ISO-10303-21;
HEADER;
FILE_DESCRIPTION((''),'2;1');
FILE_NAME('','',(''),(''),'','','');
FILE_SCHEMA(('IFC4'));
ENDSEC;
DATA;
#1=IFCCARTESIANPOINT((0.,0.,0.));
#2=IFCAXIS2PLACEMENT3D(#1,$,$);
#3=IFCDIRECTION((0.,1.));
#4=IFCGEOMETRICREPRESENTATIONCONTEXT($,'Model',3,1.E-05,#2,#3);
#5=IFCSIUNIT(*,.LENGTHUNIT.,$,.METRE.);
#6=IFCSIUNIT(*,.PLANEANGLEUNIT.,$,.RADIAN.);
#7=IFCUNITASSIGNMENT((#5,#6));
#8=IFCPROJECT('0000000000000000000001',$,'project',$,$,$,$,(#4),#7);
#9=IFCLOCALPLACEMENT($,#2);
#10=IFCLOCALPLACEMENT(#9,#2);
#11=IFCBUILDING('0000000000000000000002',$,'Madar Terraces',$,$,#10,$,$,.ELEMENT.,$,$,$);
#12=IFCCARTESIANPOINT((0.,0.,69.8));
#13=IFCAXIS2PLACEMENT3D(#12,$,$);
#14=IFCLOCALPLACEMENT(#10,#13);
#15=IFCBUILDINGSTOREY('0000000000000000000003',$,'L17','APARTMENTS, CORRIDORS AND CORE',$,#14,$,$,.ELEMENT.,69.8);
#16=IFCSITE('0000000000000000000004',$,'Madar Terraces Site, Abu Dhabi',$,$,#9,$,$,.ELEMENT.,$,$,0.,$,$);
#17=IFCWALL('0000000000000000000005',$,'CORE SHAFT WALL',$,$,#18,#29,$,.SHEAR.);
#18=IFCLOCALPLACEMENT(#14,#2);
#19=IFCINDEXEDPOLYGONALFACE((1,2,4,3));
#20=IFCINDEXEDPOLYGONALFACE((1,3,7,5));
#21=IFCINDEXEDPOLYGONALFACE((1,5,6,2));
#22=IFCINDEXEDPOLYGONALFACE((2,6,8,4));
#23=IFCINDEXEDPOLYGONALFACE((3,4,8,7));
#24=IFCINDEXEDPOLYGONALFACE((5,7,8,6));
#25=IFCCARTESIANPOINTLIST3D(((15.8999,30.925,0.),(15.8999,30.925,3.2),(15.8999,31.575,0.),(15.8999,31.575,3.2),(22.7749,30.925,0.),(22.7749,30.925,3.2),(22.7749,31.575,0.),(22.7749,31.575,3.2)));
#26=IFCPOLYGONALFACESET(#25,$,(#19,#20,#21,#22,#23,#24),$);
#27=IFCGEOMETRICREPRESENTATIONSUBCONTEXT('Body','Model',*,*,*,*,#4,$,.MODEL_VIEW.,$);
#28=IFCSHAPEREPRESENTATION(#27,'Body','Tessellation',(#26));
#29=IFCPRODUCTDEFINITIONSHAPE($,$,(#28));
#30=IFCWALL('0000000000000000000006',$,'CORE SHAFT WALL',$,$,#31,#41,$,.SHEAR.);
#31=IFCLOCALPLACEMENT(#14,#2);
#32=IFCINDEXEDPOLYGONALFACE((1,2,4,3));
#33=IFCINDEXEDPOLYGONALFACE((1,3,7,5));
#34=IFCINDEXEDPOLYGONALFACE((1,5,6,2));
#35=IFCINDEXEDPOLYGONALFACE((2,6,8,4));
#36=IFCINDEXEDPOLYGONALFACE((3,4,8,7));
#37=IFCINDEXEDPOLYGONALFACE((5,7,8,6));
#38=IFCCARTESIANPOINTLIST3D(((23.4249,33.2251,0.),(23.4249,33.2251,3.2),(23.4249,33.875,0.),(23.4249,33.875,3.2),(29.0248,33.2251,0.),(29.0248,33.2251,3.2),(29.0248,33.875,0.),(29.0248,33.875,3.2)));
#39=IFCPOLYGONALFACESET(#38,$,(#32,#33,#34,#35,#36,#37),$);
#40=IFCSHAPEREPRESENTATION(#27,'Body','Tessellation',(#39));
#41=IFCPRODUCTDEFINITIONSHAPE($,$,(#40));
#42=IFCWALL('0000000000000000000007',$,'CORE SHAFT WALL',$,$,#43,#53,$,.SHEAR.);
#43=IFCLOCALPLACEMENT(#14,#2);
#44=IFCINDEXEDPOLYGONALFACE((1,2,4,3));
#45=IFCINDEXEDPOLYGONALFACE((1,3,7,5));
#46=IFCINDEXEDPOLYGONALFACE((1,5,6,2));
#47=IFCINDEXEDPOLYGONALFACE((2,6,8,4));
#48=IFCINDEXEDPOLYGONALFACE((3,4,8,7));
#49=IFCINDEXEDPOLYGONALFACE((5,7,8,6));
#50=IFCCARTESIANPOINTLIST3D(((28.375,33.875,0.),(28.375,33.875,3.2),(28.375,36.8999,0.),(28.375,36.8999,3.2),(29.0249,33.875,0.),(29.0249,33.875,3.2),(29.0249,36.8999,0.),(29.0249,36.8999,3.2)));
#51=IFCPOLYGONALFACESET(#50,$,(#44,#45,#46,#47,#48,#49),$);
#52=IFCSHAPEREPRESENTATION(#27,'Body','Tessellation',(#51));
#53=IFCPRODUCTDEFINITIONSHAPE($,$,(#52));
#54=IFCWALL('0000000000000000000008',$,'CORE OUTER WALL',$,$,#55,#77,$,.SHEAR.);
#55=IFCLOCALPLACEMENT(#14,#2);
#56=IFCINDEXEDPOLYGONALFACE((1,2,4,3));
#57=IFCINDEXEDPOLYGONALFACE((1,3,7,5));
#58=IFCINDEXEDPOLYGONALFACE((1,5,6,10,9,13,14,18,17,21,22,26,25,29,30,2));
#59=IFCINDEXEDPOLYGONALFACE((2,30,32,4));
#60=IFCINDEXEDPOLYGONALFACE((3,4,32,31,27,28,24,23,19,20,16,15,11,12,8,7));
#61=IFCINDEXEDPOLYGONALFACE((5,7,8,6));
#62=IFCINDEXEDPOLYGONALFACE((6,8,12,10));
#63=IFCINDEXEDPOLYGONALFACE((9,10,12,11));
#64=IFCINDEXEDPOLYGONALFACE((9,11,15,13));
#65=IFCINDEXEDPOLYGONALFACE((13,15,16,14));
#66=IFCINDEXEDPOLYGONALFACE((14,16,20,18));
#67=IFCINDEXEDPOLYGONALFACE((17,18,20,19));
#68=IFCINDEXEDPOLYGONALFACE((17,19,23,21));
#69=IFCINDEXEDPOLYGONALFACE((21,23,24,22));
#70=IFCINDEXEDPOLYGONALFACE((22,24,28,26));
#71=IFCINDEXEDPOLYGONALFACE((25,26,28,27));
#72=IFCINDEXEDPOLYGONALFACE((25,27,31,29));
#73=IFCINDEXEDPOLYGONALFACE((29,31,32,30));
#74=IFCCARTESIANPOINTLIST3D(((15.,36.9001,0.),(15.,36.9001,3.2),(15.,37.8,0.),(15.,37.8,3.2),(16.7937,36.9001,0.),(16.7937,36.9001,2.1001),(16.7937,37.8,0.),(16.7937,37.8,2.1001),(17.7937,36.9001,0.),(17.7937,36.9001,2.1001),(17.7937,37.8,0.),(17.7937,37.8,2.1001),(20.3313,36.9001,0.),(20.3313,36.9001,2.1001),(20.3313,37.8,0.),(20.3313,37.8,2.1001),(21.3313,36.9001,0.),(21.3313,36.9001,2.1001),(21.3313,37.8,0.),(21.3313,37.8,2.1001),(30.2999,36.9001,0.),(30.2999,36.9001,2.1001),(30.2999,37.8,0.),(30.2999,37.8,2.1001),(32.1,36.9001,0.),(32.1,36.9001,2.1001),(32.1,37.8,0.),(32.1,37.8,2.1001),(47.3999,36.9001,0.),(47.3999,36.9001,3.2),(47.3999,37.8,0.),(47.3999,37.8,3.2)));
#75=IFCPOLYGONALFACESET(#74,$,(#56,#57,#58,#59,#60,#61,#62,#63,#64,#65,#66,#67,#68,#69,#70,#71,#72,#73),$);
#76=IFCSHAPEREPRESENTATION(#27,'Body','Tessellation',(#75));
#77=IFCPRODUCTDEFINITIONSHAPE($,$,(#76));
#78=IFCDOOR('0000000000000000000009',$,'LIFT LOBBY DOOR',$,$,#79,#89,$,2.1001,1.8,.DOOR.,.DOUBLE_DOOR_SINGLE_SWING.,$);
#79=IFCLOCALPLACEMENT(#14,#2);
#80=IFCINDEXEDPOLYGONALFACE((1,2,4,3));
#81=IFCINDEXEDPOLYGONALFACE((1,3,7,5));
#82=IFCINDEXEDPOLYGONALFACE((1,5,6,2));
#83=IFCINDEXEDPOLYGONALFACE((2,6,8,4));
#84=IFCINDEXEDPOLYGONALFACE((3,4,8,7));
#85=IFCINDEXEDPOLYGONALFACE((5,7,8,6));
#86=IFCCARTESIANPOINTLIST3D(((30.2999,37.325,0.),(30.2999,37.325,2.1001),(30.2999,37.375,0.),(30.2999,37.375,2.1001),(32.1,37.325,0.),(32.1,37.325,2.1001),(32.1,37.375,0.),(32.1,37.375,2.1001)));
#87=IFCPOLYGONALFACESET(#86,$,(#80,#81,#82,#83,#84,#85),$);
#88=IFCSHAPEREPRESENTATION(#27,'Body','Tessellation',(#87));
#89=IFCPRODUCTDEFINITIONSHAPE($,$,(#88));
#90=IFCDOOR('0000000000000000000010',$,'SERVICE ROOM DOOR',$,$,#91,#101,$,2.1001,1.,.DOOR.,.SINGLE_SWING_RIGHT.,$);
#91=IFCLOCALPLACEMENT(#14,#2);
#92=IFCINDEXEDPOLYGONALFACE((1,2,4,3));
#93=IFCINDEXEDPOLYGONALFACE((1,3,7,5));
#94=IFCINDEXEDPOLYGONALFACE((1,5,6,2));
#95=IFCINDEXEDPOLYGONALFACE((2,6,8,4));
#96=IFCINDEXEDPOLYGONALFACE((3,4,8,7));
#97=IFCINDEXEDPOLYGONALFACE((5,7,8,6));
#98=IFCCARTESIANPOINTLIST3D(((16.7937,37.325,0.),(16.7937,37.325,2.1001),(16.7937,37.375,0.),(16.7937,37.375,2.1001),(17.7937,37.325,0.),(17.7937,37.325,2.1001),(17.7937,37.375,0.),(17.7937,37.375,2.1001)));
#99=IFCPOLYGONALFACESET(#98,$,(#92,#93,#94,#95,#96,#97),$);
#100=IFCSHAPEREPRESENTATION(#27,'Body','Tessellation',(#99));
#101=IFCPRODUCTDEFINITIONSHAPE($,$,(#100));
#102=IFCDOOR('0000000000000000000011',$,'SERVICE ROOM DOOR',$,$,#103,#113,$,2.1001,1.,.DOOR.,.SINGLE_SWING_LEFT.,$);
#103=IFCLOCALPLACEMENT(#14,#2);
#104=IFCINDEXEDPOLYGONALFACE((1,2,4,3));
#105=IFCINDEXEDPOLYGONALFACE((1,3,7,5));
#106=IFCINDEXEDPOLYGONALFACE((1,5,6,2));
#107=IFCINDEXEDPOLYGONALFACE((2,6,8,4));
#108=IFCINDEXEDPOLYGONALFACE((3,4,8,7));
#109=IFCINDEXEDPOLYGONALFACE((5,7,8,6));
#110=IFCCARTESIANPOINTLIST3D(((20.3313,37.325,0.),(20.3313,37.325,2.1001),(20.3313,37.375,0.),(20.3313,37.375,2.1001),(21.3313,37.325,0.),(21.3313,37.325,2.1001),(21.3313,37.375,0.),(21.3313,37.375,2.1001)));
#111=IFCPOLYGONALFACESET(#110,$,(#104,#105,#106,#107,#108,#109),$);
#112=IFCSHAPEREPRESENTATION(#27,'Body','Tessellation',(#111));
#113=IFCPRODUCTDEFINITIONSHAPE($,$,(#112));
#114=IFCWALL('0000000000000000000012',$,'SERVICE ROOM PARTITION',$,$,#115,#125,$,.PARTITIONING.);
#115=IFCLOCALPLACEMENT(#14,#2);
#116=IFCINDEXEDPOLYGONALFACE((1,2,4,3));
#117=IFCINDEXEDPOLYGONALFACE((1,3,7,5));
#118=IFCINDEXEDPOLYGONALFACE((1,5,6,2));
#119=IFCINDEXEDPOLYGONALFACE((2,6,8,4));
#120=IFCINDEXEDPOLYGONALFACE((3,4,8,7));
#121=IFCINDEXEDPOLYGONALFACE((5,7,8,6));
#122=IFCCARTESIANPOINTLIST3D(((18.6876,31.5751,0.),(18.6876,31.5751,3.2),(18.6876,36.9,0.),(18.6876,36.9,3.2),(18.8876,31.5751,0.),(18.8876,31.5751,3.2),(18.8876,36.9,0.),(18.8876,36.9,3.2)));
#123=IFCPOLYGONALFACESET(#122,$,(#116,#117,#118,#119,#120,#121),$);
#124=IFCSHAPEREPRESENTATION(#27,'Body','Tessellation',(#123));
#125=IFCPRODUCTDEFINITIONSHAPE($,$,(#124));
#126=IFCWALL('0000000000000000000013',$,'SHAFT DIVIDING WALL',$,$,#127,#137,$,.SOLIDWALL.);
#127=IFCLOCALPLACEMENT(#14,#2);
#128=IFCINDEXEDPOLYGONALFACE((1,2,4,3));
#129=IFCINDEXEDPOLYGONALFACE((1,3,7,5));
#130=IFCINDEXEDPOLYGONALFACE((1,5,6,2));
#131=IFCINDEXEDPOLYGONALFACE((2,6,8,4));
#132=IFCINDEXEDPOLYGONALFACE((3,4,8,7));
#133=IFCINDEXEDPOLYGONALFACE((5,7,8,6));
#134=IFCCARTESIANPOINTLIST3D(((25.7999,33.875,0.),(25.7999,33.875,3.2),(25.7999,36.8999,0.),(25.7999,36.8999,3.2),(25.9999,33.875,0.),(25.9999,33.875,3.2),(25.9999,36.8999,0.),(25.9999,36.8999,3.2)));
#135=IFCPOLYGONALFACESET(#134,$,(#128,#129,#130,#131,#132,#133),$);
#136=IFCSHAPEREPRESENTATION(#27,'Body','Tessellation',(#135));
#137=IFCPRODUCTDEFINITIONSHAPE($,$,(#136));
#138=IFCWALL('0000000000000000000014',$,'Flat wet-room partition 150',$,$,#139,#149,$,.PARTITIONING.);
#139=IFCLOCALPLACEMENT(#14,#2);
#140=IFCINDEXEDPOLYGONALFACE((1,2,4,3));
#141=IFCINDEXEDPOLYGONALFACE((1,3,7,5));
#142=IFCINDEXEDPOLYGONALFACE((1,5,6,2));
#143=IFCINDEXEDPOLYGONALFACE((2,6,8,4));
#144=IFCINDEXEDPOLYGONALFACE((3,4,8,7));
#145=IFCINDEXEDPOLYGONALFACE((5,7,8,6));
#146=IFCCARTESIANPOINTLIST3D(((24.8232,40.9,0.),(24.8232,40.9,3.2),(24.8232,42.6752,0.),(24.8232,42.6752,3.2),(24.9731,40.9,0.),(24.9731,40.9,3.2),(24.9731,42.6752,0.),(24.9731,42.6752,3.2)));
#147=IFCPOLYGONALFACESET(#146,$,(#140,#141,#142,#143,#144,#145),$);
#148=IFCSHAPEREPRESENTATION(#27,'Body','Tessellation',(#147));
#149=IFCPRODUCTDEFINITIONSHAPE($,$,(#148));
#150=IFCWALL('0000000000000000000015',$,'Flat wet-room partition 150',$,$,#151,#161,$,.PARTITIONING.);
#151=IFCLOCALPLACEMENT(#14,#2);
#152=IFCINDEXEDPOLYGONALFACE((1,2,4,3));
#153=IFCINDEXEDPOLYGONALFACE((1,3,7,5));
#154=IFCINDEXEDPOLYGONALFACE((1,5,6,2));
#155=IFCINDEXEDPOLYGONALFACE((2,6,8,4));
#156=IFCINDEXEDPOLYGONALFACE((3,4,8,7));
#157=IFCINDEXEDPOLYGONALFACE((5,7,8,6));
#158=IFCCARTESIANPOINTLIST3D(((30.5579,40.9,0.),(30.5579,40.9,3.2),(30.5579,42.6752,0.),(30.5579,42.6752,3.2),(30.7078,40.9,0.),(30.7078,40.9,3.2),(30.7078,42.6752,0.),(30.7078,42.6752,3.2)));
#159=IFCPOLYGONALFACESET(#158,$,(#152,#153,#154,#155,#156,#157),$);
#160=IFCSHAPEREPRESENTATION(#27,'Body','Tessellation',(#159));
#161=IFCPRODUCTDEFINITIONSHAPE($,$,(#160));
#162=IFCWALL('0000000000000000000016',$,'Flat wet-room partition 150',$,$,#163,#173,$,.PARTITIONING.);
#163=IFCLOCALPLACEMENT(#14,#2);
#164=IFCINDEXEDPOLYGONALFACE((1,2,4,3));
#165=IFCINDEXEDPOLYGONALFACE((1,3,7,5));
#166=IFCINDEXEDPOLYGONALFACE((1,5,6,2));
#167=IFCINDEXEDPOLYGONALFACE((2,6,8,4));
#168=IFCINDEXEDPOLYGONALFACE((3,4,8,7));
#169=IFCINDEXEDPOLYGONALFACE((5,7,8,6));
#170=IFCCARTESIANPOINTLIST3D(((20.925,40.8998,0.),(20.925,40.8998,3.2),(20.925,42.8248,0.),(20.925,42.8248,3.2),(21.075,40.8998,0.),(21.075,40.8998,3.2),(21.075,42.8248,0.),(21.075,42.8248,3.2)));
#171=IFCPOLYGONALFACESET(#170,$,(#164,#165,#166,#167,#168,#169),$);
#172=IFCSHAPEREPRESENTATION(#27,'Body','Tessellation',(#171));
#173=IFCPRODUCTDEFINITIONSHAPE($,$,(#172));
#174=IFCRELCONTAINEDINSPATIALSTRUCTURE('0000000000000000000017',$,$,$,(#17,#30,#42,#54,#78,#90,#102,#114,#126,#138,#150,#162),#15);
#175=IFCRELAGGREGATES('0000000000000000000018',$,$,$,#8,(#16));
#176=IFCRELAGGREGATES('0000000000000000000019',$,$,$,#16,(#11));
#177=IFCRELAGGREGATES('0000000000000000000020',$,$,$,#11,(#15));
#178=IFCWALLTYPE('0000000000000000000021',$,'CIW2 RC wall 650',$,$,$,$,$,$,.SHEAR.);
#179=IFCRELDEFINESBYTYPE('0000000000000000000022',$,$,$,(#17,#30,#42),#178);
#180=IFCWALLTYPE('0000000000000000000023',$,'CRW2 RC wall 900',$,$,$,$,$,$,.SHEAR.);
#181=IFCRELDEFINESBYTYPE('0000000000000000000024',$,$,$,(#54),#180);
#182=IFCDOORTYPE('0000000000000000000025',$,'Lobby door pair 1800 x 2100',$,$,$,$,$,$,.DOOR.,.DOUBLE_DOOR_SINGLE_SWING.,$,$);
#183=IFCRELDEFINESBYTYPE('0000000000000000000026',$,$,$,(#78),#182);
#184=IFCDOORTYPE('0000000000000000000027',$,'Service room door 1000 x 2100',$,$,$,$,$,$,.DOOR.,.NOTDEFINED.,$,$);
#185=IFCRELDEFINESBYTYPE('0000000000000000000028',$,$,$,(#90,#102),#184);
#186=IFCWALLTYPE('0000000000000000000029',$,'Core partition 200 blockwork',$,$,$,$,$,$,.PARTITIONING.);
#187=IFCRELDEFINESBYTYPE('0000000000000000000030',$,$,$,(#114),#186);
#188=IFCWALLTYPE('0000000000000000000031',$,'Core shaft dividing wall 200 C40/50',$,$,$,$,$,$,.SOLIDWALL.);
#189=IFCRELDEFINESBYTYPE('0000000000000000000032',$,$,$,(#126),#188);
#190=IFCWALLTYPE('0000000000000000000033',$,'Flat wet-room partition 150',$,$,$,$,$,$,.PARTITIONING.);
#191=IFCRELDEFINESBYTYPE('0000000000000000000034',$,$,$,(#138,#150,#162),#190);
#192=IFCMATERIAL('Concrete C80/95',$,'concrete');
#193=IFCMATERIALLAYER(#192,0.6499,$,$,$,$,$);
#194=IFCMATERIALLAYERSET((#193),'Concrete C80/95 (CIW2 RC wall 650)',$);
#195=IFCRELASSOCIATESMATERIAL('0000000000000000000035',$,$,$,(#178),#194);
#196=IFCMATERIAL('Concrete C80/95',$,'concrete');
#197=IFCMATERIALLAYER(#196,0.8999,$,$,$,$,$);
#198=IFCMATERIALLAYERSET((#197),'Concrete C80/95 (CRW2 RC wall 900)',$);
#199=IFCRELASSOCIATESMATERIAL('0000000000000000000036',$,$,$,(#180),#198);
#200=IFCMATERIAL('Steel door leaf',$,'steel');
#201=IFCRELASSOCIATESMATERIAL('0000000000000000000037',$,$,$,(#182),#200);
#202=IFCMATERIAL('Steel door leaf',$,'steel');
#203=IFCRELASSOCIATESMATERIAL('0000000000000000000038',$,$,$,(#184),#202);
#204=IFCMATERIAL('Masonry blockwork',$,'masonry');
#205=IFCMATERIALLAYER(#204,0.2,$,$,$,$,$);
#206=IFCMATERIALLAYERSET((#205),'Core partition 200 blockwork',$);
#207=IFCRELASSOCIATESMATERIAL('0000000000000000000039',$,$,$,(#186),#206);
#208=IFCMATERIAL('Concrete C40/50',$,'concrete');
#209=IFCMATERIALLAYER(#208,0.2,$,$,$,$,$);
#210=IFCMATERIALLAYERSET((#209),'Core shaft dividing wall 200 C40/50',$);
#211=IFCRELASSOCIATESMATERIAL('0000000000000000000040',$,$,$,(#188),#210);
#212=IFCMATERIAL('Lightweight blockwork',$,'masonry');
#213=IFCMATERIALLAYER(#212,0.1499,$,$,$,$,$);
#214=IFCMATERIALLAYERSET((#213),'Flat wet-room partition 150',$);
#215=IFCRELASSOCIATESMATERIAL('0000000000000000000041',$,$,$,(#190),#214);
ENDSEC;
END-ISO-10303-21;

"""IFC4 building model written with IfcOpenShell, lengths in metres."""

from ifc_helpers import new_model, si_unit, direction, frame, frame_2d, origin, place, context, subcontext, project, spatial, rectangle, extrude, material, layer, layer_set, type_object, element, fill, save


model = new_model("IFC4")

# Units and contexts
model_context = context("Model", 3, precision=1e-05, world=origin(), true_north=direction((0.0, 1.0)))
body_context = subcontext(model_context, "Body", "Model", "MODEL_VIEW")
ifc_project = project(units=[si_unit("LENGTHUNIT", "METRE"), si_unit("PLANEANGLEUNIT", "RADIAN")], contexts=[model_context])

# Site, building, storey
site_placement = place(None, origin())
site = spatial("IfcSite", under=ifc_project, at=site_placement, Name="Madar Terraces Site, Abu Dhabi", CompositionType="ELEMENT", RefElevation=0.0)
building_placement = place(site_placement, origin())
building = spatial("IfcBuilding", under=site, at=building_placement, Name="Madar Terraces", CompositionType="ELEMENT")
storey_placement = place(building_placement, frame((0.0, 0.0, 69.8)))
storey = spatial("IfcBuildingStorey", under=building, at=storey_placement, Name="L17", Description="APARTMENTS, CORRIDORS AND CORE", CompositionType="ELEMENT", Elevation=69.8)

# Walls
ifc_material_1 = material(Name="Concrete C80/95", Category="concrete")
ifc_layer_1 = layer(ifc_material_1, 0.6499)
ifc_layer_set_1 = layer_set([ifc_layer_1], Name="Concrete C80/95 (CIW2 RC wall 650)")
wall_type_1 = type_object("IfcWallType", Name="CIW2 RC wall 650", PredefinedType="SHEAR", material=ifc_layer_set_1)
wall_1_placement = place(storey_placement, frame((15.8999, 31.25, 0.0), z_axis=(0.0, 0.0, 1.0), x_axis=(1.0, 0.0, 0.0)))
element("IfcWall", 1, at=wall_1_placement, inside=storey, type_object=wall_type_1, Name="CORE SHAFT WALL", PredefinedType="SHEAR", context=body_context, shape_type="SweptSolid", body=[
    extrude(rectangle(XDim=6.875, YDim=0.6499, at=frame_2d((3.4375, 0.0))), origin(), (0.0, 0.0, 1.0), 3.2),
])
wall_2_placement = place(storey_placement, frame((23.425, 33.55, 0.0), z_axis=(0.0, 0.0, 1.0), x_axis=(1.0, 0.0, 0.0)))
element("IfcWall", 2, at=wall_2_placement, inside=storey, type_object=wall_type_1, Name="CORE SHAFT WALL", PredefinedType="SHEAR", context=body_context, shape_type="SweptSolid", body=[
    extrude(rectangle(XDim=5.5999, YDim=0.6499, at=frame_2d((2.7998, 0.0))), origin(), (0.0, 0.0, 1.0), 3.2),
])
wall_3_placement = place(storey_placement, frame((28.7, 33.875, 0.0), z_axis=(0.0, 0.0, 1.0), x_axis=(0.0, 1.0, 0.0)))
element("IfcWall", 3, at=wall_3_placement, inside=storey, type_object=wall_type_1, Name="CORE SHAFT WALL", PredefinedType="SHEAR", context=body_context, shape_type="SweptSolid", body=[
    extrude(rectangle(XDim=3.0249, YDim=0.6499, at=frame_2d((1.5125, 0.0))), origin(), (0.0, 0.0, 1.0), 3.2),
])

# Wall, openings, doors
ifc_material_2 = material(Name="Concrete C80/95", Category="concrete")
ifc_layer_2 = layer(ifc_material_2, 0.8999)
ifc_layer_set_2 = layer_set([ifc_layer_2], Name="Concrete C80/95 (CRW2 RC wall 900)")
wall_type_2 = type_object("IfcWallType", Name="CRW2 RC wall 900", PredefinedType="SHEAR", material=ifc_layer_set_2)
wall_4_placement = place(storey_placement, frame((15.0, 37.3501, 0.0), z_axis=(0.0, 0.0, 1.0), x_axis=(1.0, 0.0, 0.0)))
wall_4 = element("IfcWall", 4, at=wall_4_placement, inside=storey, type_object=wall_type_2, Name="CORE OUTER WALL", PredefinedType="SHEAR", context=body_context, shape_type="SweptSolid", body=[
    extrude(rectangle(XDim=32.3999, YDim=0.8999, at=frame_2d((16.2, 0.0))), origin(), (0.0, 0.0, 1.0), 3.2),
])
opening_1_placement = place(wall_4_placement, frame((15.3, 0.0, 0.0)))
opening_1 = element("IfcOpeningElement", 5, at=opening_1_placement, cuts=wall_4, PredefinedType="OPENING", context=body_context, shape_type="SweptSolid", body=[
    extrude(rectangle(XDim=1.8, YDim=2.1001, at=frame_2d((0.8999, 1.05))), frame((0.0, 0.46, 0.0), z_axis=(0.0, -1.0, 0.0), x_axis=(1.0, 0.0, 0.0)), (0.0, 0.0, 1.0), 0.9199),
])
opening_2_placement = place(wall_4_placement, frame((1.7937, 0.0, 0.0)))
opening_2 = element("IfcOpeningElement", 6, at=opening_2_placement, cuts=wall_4, PredefinedType="OPENING", context=body_context, shape_type="SweptSolid", body=[
    extrude(rectangle(XDim=1.0, YDim=2.1001, at=frame_2d((0.5, 1.05))), frame((0.0, 0.46, 0.0), z_axis=(0.0, -1.0, 0.0), x_axis=(1.0, 0.0, 0.0)), (0.0, 0.0, 1.0), 0.9199),
])
opening_3_placement = place(wall_4_placement, frame((5.3313, 0.0, 0.0)))
opening_3 = element("IfcOpeningElement", 7, at=opening_3_placement, cuts=wall_4, PredefinedType="OPENING", context=body_context, shape_type="SweptSolid", body=[
    extrude(rectangle(XDim=1.0, YDim=2.1001, at=frame_2d((0.5, 1.05))), frame((0.0, 0.46, 0.0), z_axis=(0.0, -1.0, 0.0), x_axis=(1.0, 0.0, 0.0)), (0.0, 0.0, 1.0), 0.9199),
])
ifc_material_3 = material(Name="Steel door leaf", Category="steel")
door_type_1 = type_object("IfcDoorType", Name="Lobby door pair 1800 x 2100", OperationType="DOUBLE_DOOR_SINGLE_SWING", PredefinedType="DOOR", material=ifc_material_3)
door_1_placement = place(opening_1_placement, origin())
door_1 = element("IfcDoor", 8, at=door_1_placement, inside=storey, type_object=door_type_1, Name="LIFT LOBBY DOOR", OperationType="DOUBLE_DOOR_SINGLE_SWING", OverallHeight=2.1001, OverallWidth=1.8, PredefinedType="DOOR", context=body_context, shape_type="SweptSolid", body=[
    extrude(rectangle(XDim=1.8, YDim=2.1001, at=frame_2d((0.8999, 1.05))), frame((0.0, 0.0249, 0.0), z_axis=(0.0, -1.0, 0.0), x_axis=(1.0, 0.0, 0.0)), (0.0, 0.0, 1.0), 0.05),
])
fill(opening_1, door_1)
ifc_material_4 = material(Name="Steel door leaf", Category="steel")
door_type_2 = type_object("IfcDoorType", Name="Service room door 1000 x 2100", OperationType="NOTDEFINED", PredefinedType="DOOR", material=ifc_material_4)
door_2_placement = place(opening_2_placement, origin())
door_2 = element("IfcDoor", 9, at=door_2_placement, inside=storey, type_object=door_type_2, Name="SERVICE ROOM DOOR", OperationType="SINGLE_SWING_RIGHT", OverallHeight=2.1001, OverallWidth=1.0, PredefinedType="DOOR", context=body_context, shape_type="SweptSolid", body=[
    extrude(rectangle(XDim=1.0, YDim=2.1001, at=frame_2d((0.5, 1.05))), frame((0.0, 0.0249, 0.0), z_axis=(0.0, -1.0, 0.0), x_axis=(1.0, 0.0, 0.0)), (0.0, 0.0, 1.0), 0.05),
])
fill(opening_2, door_2)
door_3_placement = place(opening_3_placement, origin())
door_3 = element("IfcDoor", 10, at=door_3_placement, inside=storey, type_object=door_type_2, Name="SERVICE ROOM DOOR", OperationType="SINGLE_SWING_LEFT", OverallHeight=2.1001, OverallWidth=1.0, PredefinedType="DOOR", context=body_context, shape_type="SweptSolid", body=[
    extrude(rectangle(XDim=1.0, YDim=2.1001, at=frame_2d((0.5, 1.05))), frame((0.0, 0.0249, 0.0), z_axis=(0.0, -1.0, 0.0), x_axis=(1.0, 0.0, 0.0)), (0.0, 0.0, 1.0), 0.05),
])
fill(opening_3, door_3)

# Walls
ifc_material_5 = material(Name="Masonry blockwork", Category="masonry")
ifc_layer_3 = layer(ifc_material_5, 0.2)
ifc_layer_set_3 = layer_set([ifc_layer_3], Name="Core partition 200 blockwork")
wall_type_3 = type_object("IfcWallType", Name="Core partition 200 blockwork", PredefinedType="PARTITIONING", material=ifc_layer_set_3)
wall_5_placement = place(storey_placement, frame((18.7876, 31.575, 0.0), z_axis=(0.0, 0.0, 1.0), x_axis=(0.0, 1.0, 0.0)))
element("IfcWall", 11, at=wall_5_placement, inside=storey, type_object=wall_type_3, Name="SERVICE ROOM PARTITION", PredefinedType="PARTITIONING", context=body_context, shape_type="SweptSolid", body=[
    extrude(rectangle(XDim=5.325, YDim=0.2, at=frame_2d((2.6626, 0.0))), origin(), (0.0, 0.0, 1.0), 3.2),
])
ifc_material_6 = material(Name="Concrete C40/50", Category="concrete")
ifc_layer_4 = layer(ifc_material_6, 0.2)
ifc_layer_set_4 = layer_set([ifc_layer_4], Name="Core shaft dividing wall 200 C40/50")
wall_type_4 = type_object("IfcWallType", Name="Core shaft dividing wall 200 C40/50", PredefinedType="SOLIDWALL", material=ifc_layer_set_4)
wall_6_placement = place(storey_placement, frame((25.8999, 33.875, 0.0), z_axis=(0.0, 0.0, 1.0), x_axis=(0.0, 1.0, 0.0)))
element("IfcWall", 12, at=wall_6_placement, inside=storey, type_object=wall_type_4, Name="SHAFT DIVIDING WALL", PredefinedType="SOLIDWALL", context=body_context, shape_type="SweptSolid", body=[
    extrude(rectangle(XDim=3.0249, YDim=0.2, at=frame_2d((1.5125, 0.0))), origin(), (0.0, 0.0, 1.0), 3.2),
])
ifc_material_7 = material(Name="Lightweight blockwork", Category="masonry")
ifc_layer_5 = layer(ifc_material_7, 0.1499)
ifc_layer_set_5 = layer_set([ifc_layer_5], Name="Flat wet-room partition 150")
wall_type_5 = type_object("IfcWallType", Name="Flat wet-room partition 150", PredefinedType="PARTITIONING", material=ifc_layer_set_5)
for number, where, z_axis, x_axis, name in (
    (13, (24.8982, 40.8999, 0.0), (0.0, 0.0, 1.0), (0.0, 1.0, 0.0), "Flat wet-room partition 150"),
    (14, (30.6328, 40.8999, 0.0), (0.0, 0.0, 1.0), (0.0, 1.0, 0.0), "Flat wet-room partition 150"),
):
    element("IfcWall", number, at=place(storey_placement, frame(where, z_axis=z_axis, x_axis=x_axis)), inside=storey, type_object=wall_type_5, Name=name, PredefinedType="PARTITIONING", context=body_context, shape_type="SweptSolid", body=[
        extrude(rectangle(XDim=1.7751, YDim=0.1499, at=frame_2d((0.8877, 0.0))), origin(), (0.0, 0.0, 1.0), 3.2),
    ])
wall_7_placement = place(storey_placement, frame((21.0, 40.8999, 0.0), z_axis=(0.0, 0.0, 1.0), x_axis=(0.0, 1.0, 0.0)))
element("IfcWall", 15, at=wall_7_placement, inside=storey, type_object=wall_type_5, Name="Flat wet-room partition 150", PredefinedType="PARTITIONING", context=body_context, shape_type="SweptSolid", body=[
    extrude(rectangle(XDim=1.925, YDim=0.1499, at=frame_2d((0.9624, 0.0))), origin(), (0.0, 0.0, 1.0), 3.2),
])

save(model, "model.ifc")
